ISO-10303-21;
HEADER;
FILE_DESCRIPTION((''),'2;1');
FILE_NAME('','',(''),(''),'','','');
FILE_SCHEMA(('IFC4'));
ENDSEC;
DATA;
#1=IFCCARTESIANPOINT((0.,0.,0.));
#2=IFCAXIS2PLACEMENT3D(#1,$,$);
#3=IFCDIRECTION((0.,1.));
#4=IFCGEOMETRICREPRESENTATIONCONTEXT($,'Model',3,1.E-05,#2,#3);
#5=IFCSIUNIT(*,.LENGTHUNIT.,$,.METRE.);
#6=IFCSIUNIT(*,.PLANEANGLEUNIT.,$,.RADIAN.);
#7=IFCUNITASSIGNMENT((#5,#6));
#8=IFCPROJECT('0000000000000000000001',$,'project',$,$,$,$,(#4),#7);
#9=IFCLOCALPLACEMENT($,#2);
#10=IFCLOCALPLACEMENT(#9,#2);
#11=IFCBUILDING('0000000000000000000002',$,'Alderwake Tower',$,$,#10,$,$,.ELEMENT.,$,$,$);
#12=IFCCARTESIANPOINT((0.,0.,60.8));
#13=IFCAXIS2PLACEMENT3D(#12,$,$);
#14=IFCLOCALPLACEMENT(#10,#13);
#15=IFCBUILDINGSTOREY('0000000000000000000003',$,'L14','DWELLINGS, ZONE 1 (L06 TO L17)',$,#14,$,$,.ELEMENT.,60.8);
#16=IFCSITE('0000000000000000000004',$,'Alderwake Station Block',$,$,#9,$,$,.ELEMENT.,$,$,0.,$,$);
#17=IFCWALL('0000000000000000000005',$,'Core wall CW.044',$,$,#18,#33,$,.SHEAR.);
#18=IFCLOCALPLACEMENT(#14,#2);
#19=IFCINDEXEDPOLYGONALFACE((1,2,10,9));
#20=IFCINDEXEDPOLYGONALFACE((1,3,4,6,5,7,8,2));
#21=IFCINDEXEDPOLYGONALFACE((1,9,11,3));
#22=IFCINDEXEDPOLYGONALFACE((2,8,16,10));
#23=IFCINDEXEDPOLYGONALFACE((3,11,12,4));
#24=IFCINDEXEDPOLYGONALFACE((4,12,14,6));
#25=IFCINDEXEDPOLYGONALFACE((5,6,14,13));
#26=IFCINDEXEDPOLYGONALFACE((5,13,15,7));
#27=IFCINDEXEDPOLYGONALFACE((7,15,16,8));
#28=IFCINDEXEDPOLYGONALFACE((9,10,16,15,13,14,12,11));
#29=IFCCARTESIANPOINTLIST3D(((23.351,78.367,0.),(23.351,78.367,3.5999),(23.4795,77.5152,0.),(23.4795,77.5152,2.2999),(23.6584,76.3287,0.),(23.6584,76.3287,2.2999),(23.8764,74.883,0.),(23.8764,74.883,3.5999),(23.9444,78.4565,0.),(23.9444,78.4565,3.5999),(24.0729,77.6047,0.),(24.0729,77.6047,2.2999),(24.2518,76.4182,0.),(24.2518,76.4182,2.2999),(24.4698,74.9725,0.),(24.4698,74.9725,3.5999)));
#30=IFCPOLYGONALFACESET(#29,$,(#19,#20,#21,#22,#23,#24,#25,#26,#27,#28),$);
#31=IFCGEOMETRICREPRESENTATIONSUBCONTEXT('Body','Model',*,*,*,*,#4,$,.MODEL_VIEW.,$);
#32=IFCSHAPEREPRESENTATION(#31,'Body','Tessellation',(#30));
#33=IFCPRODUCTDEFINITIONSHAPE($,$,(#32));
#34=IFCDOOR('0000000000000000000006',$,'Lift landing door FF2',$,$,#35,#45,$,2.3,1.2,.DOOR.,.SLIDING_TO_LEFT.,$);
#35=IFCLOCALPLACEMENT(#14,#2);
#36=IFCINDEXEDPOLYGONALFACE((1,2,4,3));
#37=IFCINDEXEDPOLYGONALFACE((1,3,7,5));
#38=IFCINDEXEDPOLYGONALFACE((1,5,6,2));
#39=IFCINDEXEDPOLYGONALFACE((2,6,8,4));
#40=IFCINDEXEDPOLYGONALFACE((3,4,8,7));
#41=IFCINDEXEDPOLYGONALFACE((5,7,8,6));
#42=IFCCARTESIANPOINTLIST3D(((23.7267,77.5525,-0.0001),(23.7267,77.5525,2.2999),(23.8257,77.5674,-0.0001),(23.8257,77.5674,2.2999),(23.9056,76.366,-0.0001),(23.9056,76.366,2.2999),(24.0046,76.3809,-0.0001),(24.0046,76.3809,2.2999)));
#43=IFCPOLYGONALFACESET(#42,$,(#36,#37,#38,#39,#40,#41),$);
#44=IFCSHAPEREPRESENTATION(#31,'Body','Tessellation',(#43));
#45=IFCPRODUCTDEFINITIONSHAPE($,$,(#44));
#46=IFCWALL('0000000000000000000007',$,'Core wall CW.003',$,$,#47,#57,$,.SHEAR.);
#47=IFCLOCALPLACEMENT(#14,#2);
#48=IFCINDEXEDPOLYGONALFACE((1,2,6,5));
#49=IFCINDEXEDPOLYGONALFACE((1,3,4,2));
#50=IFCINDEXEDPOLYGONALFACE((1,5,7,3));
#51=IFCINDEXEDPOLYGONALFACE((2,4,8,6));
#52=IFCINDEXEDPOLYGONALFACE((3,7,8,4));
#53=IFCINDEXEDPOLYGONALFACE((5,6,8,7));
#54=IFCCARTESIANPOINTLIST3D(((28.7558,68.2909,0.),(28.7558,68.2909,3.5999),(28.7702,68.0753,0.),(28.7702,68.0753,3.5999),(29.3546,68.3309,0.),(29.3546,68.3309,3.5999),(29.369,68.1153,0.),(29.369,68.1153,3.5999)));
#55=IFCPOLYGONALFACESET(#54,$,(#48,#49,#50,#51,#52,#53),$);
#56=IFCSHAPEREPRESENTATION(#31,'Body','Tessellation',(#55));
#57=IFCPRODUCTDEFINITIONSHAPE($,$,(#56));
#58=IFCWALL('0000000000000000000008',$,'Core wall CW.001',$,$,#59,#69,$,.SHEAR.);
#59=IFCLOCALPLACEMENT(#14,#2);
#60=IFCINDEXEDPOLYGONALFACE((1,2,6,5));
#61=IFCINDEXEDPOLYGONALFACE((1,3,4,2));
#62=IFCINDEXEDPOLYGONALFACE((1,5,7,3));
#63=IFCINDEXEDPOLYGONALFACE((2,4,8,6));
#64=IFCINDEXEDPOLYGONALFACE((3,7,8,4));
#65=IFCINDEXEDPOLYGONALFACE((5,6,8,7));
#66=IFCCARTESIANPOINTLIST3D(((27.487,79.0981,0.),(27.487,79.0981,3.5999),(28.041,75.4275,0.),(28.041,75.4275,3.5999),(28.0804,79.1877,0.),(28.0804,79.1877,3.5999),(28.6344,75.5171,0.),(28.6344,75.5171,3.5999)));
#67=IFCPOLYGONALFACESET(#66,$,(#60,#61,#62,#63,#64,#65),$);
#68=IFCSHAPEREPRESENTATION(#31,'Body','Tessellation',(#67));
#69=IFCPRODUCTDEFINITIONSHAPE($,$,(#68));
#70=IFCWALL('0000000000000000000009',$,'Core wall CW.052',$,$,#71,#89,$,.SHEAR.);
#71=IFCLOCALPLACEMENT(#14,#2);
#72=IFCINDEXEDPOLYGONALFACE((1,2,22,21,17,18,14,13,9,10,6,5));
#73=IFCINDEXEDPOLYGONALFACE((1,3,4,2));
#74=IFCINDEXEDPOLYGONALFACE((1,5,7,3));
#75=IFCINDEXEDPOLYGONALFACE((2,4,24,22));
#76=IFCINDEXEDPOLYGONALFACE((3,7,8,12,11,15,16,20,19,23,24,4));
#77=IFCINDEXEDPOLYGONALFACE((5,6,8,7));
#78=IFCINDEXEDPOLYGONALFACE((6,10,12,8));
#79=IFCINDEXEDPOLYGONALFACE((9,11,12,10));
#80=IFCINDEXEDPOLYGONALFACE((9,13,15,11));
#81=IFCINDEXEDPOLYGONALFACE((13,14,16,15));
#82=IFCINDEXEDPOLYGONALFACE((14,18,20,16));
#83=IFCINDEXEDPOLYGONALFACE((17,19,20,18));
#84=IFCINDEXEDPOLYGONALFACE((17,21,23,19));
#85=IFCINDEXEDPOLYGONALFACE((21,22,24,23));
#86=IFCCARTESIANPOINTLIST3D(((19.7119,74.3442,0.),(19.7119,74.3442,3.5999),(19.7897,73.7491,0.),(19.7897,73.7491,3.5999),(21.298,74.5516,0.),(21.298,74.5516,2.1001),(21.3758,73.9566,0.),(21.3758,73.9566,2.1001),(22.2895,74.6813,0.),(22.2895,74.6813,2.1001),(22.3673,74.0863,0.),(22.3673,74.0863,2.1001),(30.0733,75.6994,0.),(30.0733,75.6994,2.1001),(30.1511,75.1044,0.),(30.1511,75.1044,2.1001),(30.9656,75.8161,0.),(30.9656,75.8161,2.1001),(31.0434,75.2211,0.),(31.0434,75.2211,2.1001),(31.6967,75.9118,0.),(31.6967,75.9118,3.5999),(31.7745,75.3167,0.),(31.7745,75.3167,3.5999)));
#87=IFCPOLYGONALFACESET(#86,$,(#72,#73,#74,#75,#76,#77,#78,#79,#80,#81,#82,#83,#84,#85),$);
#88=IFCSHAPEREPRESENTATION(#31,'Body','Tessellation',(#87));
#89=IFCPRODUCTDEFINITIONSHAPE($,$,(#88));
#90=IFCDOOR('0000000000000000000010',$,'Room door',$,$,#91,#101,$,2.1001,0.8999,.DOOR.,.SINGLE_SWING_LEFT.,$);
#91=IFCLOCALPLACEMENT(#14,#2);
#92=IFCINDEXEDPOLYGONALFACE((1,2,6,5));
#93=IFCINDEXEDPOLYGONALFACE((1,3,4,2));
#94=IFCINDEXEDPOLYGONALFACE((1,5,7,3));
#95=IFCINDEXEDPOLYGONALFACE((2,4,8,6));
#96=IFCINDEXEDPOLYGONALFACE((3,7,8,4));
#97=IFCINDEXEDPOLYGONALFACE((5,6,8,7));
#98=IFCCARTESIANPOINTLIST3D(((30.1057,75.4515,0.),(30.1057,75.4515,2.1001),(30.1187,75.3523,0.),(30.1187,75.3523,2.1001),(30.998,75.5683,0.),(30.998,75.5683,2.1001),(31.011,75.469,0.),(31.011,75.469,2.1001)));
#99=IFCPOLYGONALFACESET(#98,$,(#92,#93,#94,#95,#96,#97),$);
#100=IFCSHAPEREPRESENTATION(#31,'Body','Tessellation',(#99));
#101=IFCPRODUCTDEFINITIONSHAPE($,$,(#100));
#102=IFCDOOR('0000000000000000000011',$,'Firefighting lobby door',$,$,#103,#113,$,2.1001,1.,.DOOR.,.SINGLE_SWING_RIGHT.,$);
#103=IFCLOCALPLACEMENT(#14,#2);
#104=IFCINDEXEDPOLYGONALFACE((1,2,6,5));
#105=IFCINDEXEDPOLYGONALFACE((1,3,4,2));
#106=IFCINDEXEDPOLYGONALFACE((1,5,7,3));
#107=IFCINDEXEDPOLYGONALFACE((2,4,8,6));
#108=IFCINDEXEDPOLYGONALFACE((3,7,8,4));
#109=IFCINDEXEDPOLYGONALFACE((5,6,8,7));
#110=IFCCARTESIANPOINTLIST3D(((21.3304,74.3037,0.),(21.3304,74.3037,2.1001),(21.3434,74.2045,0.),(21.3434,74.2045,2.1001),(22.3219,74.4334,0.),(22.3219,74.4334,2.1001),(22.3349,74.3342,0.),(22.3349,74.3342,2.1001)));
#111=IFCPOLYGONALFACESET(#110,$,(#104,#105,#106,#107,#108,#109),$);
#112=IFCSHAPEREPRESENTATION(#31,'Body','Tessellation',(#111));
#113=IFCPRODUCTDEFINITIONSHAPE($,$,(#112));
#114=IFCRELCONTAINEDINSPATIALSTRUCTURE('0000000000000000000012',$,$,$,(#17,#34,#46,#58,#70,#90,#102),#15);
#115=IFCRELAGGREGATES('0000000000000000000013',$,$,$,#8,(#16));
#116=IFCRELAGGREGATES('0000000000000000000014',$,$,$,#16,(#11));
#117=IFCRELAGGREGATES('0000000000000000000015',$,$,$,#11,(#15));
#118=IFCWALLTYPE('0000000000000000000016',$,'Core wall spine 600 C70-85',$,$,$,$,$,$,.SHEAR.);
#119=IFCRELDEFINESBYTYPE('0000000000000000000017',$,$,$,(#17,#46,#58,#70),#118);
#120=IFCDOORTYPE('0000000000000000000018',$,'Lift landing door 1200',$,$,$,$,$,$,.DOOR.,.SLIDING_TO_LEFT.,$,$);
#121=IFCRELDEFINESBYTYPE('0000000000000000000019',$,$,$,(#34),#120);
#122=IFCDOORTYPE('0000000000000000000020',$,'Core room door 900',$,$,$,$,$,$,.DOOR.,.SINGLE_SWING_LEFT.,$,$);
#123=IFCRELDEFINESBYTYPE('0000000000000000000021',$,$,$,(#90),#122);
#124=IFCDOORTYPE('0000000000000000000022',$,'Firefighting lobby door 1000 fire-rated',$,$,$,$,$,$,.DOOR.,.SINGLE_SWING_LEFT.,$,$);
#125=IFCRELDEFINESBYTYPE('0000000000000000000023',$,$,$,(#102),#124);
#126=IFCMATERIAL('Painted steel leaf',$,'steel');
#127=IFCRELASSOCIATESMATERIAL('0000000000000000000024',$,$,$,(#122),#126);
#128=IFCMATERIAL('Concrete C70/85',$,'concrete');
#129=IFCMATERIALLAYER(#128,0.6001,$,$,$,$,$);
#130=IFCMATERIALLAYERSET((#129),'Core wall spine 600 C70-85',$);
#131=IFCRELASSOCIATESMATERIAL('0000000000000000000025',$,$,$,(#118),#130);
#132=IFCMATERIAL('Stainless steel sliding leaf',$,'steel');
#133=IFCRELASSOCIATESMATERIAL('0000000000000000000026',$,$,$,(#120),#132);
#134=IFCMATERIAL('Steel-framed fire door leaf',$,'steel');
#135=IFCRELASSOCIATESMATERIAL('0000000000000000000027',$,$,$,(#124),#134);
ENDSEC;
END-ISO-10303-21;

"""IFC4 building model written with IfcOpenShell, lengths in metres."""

from ifc_helpers import new_model, si_unit, direction, frame, frame_2d, origin, place, context, subcontext, project, spatial, rectangle, extrude, material, layer, layer_set, type_object, element, fill, save


model = new_model("IFC4")

# Units and contexts
model_context = context("Model", 3, precision=1e-05, world=origin(), true_north=direction((0.0, 1.0)))
body_context = subcontext(model_context, "Body", "Model", "MODEL_VIEW")
ifc_project = project(units=[si_unit("LENGTHUNIT", "METRE"), si_unit("PLANEANGLEUNIT", "RADIAN")], contexts=[model_context])

# Site, building, storey
site_placement = place(None, origin())
site = spatial("IfcSite", under=ifc_project, at=site_placement, Name="Alderwake Station Block", CompositionType="ELEMENT", RefElevation=0.0)
building_placement = place(site_placement, origin())
building = spatial("IfcBuilding", under=site, at=building_placement, Name="Alderwake Tower", CompositionType="ELEMENT")
storey_placement = place(building_placement, frame((0.0, 0.0, 60.8)))
storey = spatial("IfcBuildingStorey", under=building, at=storey_placement, Name="L14", Description="DWELLINGS, ZONE 1 (L06 TO L17)", CompositionType="ELEMENT", Elevation=60.8)

# Wall, opening, door
ifc_material_1 = material(Name="Painted steel leaf", Category="steel")
door_type_1 = type_object("IfcDoorType", Name="Core room door 900", OperationType="SINGLE_SWING_LEFT", PredefinedType="DOOR", material=ifc_material_1)
ifc_material_2 = material(Name="Concrete C70/85", Category="concrete")
ifc_layer_1 = layer(ifc_material_2, 0.6001)
ifc_layer_set_1 = layer_set([ifc_layer_1], Name="Core wall spine 600 C70-85")
wall_type_1 = type_object("IfcWallType", Name="Core wall spine 600 C70-85", PredefinedType="SHEAR", material=ifc_layer_set_1)
wall_1_placement = place(storey_placement, frame((24.1731, 74.9277, 0.0), z_axis=(0.0, 0.0, 1.0), x_axis=(-0.14911, 0.988821, 0.0)))
wall_1 = element("IfcWall", 1, at=wall_1_placement, inside=storey, type_object=wall_type_1, Name="Core wall CW.044", PredefinedType="SHEAR", context=body_context, shape_type="SweptSolid", body=[
    extrude(rectangle(XDim=3.5234, YDim=0.6001, at=frame_2d((1.7617, 0.0))), origin(), (0.0, 0.0, 1.0), 3.5999),
])
opening_1_placement = place(wall_1_placement, frame((1.4619, 0.0, 0.0)))
opening_1 = element("IfcOpeningElement", 2, at=opening_1_placement, cuts=wall_1, PredefinedType="OPENING", context=body_context, shape_type="SweptSolid", body=[
    extrude(rectangle(XDim=1.2, YDim=2.3, at=frame_2d((0.6001, 1.1499))), frame((0.0, 0.3101, 0.0), z_axis=(0.0, -1.0, 0.0), x_axis=(1.0, 0.0, 0.0)), (0.0, 0.0, 1.0), 0.6201),
])
ifc_material_3 = material(Name="Stainless steel sliding leaf", Category="steel")
door_type_2 = type_object("IfcDoorType", Name="Lift landing door 1200", OperationType="SLIDING_TO_LEFT", PredefinedType="DOOR", material=ifc_material_3)
door_1_placement = place(opening_1_placement, origin())
door_1 = element("IfcDoor", 3, at=door_1_placement, inside=storey, type_object=door_type_2, Name="Lift landing door FF2", OperationType="SLIDING_TO_LEFT", OverallHeight=2.3, OverallWidth=1.2, PredefinedType="DOOR", context=body_context, shape_type="SweptSolid", body=[
    extrude(rectangle(XDim=1.2, YDim=2.3, at=frame_2d((0.6001, 1.1499))), frame((0.0, 0.05, 0.0), z_axis=(0.0, -1.0, 0.0), x_axis=(1.0, 0.0, 0.0)), (0.0, 0.0, 1.0), 0.1001),
])
fill(opening_1, door_1)

# Walls
wall_2_placement = place(storey_placement, frame((29.0696, 68.0955, 0.0), z_axis=(0.0, 0.0, 1.0), x_axis=(-0.066669, 0.997775, 0.0)))
element("IfcWall", 4, at=wall_2_placement, inside=storey, type_object=wall_type_1, Name="Core wall CW.003", PredefinedType="SHEAR", context=body_context, shape_type="SweptSolid", body=[
    extrude(rectangle(XDim=0.2161, YDim=0.6001, at=frame_2d((0.1079, 0.0))), origin(), (0.0, 0.0, 1.0), 3.5999),
])
wall_3_placement = place(storey_placement, frame((28.3376, 75.4724, 0.0), z_axis=(0.0, 0.0, 1.0), x_axis=(-0.149225, 0.988803, 0.0)))
element("IfcWall", 5, at=wall_3_placement, inside=storey, type_object=wall_type_1, Name="Core wall CW.001", PredefinedType="SHEAR", context=body_context, shape_type="SweptSolid", body=[
    extrude(rectangle(XDim=3.7122, YDim=0.6001, at=frame_2d((1.856, 0.0))), origin(), (0.0, 0.0, 1.0), 3.5999),
])

# Wall, openings, doors
wall_4_placement = place(storey_placement, frame((31.7356, 75.6143, 0.0), z_axis=(0.0, 0.0, 1.0), x_axis=(-0.991554, -0.129696, 0.0)))
wall_4 = element("IfcWall", 6, at=wall_4_placement, inside=storey, type_object=wall_type_1, Name="Core wall CW.052", PredefinedType="SHEAR", context=body_context, shape_type="SweptSolid", body=[
    extrude(rectangle(XDim=12.0869, YDim=0.6001, at=frame_2d((6.0435, 0.0))), origin(), (0.0, 0.0, 1.0), 3.5999),
])
opening_2_placement = place(wall_4_placement, frame((9.4873, 0.0, 0.0)))
opening_2 = element("IfcOpeningElement", 7, at=opening_2_placement, cuts=wall_4, PredefinedType="OPENING", context=body_context, shape_type="SweptSolid", body=[
    extrude(rectangle(XDim=1.0, YDim=2.1001, at=frame_2d((0.5, 1.05))), frame((0.0, 0.3101, 0.0), z_axis=(0.0, -1.0, 0.0), x_axis=(1.0, 0.0, 0.0)), (0.0, 0.0, 1.0), 0.6201),
])
opening_3_placement = place(wall_4_placement, frame((0.7373, 0.0, 0.0)))
opening_3 = element("IfcOpeningElement", 8, at=opening_3_placement, cuts=wall_4, PredefinedType="OPENING", context=body_context, shape_type="SweptSolid", body=[
    extrude(rectangle(XDim=0.8999, YDim=2.1001, at=frame_2d((0.45, 1.05))), frame((0.0, 0.3101, 0.0), z_axis=(0.0, -1.0, 0.0), x_axis=(1.0, 0.0, 0.0)), (0.0, 0.0, 1.0), 0.6201),
])
door_2_placement = place(opening_3_placement, origin())
door_2 = element("IfcDoor", 9, at=door_2_placement, inside=storey, type_object=door_type_1, Name="Room door", OperationType="SINGLE_SWING_LEFT", OverallHeight=2.1001, OverallWidth=0.8999, PredefinedType="DOOR", context=body_context, shape_type="SweptSolid", body=[
    extrude(rectangle(XDim=0.8999, YDim=2.1001, at=frame_2d((0.45, 1.05))), frame((0.0, 0.05, 0.0), z_axis=(0.0, -1.0, 0.0), x_axis=(1.0, 0.0, 0.0)), (0.0, 0.0, 1.0), 0.1001),
])
fill(opening_3, door_2)
ifc_material_4 = material(Name="Steel-framed fire door leaf", Category="steel")
door_type_3 = type_object("IfcDoorType", Name="Firefighting lobby door 1000 fire-rated", OperationType="SINGLE_SWING_LEFT", PredefinedType="DOOR", material=ifc_material_4)
door_3_placement = place(opening_2_placement, origin())
door_3 = element("IfcDoor", 10, at=door_3_placement, inside=storey, type_object=door_type_3, Name="Firefighting lobby door", OperationType="SINGLE_SWING_RIGHT", OverallHeight=2.1001, OverallWidth=1.0, PredefinedType="DOOR", context=body_context, shape_type="SweptSolid", body=[
    extrude(rectangle(XDim=1.0, YDim=2.1001, at=frame_2d((0.5, 1.05))), frame((0.0, 0.05, 0.0), z_axis=(0.0, -1.0, 0.0), x_axis=(1.0, 0.0, 0.0)), (0.0, 0.0, 1.0), 0.1001),
])
fill(opening_2, door_3)

save(model, "model.ifc")
